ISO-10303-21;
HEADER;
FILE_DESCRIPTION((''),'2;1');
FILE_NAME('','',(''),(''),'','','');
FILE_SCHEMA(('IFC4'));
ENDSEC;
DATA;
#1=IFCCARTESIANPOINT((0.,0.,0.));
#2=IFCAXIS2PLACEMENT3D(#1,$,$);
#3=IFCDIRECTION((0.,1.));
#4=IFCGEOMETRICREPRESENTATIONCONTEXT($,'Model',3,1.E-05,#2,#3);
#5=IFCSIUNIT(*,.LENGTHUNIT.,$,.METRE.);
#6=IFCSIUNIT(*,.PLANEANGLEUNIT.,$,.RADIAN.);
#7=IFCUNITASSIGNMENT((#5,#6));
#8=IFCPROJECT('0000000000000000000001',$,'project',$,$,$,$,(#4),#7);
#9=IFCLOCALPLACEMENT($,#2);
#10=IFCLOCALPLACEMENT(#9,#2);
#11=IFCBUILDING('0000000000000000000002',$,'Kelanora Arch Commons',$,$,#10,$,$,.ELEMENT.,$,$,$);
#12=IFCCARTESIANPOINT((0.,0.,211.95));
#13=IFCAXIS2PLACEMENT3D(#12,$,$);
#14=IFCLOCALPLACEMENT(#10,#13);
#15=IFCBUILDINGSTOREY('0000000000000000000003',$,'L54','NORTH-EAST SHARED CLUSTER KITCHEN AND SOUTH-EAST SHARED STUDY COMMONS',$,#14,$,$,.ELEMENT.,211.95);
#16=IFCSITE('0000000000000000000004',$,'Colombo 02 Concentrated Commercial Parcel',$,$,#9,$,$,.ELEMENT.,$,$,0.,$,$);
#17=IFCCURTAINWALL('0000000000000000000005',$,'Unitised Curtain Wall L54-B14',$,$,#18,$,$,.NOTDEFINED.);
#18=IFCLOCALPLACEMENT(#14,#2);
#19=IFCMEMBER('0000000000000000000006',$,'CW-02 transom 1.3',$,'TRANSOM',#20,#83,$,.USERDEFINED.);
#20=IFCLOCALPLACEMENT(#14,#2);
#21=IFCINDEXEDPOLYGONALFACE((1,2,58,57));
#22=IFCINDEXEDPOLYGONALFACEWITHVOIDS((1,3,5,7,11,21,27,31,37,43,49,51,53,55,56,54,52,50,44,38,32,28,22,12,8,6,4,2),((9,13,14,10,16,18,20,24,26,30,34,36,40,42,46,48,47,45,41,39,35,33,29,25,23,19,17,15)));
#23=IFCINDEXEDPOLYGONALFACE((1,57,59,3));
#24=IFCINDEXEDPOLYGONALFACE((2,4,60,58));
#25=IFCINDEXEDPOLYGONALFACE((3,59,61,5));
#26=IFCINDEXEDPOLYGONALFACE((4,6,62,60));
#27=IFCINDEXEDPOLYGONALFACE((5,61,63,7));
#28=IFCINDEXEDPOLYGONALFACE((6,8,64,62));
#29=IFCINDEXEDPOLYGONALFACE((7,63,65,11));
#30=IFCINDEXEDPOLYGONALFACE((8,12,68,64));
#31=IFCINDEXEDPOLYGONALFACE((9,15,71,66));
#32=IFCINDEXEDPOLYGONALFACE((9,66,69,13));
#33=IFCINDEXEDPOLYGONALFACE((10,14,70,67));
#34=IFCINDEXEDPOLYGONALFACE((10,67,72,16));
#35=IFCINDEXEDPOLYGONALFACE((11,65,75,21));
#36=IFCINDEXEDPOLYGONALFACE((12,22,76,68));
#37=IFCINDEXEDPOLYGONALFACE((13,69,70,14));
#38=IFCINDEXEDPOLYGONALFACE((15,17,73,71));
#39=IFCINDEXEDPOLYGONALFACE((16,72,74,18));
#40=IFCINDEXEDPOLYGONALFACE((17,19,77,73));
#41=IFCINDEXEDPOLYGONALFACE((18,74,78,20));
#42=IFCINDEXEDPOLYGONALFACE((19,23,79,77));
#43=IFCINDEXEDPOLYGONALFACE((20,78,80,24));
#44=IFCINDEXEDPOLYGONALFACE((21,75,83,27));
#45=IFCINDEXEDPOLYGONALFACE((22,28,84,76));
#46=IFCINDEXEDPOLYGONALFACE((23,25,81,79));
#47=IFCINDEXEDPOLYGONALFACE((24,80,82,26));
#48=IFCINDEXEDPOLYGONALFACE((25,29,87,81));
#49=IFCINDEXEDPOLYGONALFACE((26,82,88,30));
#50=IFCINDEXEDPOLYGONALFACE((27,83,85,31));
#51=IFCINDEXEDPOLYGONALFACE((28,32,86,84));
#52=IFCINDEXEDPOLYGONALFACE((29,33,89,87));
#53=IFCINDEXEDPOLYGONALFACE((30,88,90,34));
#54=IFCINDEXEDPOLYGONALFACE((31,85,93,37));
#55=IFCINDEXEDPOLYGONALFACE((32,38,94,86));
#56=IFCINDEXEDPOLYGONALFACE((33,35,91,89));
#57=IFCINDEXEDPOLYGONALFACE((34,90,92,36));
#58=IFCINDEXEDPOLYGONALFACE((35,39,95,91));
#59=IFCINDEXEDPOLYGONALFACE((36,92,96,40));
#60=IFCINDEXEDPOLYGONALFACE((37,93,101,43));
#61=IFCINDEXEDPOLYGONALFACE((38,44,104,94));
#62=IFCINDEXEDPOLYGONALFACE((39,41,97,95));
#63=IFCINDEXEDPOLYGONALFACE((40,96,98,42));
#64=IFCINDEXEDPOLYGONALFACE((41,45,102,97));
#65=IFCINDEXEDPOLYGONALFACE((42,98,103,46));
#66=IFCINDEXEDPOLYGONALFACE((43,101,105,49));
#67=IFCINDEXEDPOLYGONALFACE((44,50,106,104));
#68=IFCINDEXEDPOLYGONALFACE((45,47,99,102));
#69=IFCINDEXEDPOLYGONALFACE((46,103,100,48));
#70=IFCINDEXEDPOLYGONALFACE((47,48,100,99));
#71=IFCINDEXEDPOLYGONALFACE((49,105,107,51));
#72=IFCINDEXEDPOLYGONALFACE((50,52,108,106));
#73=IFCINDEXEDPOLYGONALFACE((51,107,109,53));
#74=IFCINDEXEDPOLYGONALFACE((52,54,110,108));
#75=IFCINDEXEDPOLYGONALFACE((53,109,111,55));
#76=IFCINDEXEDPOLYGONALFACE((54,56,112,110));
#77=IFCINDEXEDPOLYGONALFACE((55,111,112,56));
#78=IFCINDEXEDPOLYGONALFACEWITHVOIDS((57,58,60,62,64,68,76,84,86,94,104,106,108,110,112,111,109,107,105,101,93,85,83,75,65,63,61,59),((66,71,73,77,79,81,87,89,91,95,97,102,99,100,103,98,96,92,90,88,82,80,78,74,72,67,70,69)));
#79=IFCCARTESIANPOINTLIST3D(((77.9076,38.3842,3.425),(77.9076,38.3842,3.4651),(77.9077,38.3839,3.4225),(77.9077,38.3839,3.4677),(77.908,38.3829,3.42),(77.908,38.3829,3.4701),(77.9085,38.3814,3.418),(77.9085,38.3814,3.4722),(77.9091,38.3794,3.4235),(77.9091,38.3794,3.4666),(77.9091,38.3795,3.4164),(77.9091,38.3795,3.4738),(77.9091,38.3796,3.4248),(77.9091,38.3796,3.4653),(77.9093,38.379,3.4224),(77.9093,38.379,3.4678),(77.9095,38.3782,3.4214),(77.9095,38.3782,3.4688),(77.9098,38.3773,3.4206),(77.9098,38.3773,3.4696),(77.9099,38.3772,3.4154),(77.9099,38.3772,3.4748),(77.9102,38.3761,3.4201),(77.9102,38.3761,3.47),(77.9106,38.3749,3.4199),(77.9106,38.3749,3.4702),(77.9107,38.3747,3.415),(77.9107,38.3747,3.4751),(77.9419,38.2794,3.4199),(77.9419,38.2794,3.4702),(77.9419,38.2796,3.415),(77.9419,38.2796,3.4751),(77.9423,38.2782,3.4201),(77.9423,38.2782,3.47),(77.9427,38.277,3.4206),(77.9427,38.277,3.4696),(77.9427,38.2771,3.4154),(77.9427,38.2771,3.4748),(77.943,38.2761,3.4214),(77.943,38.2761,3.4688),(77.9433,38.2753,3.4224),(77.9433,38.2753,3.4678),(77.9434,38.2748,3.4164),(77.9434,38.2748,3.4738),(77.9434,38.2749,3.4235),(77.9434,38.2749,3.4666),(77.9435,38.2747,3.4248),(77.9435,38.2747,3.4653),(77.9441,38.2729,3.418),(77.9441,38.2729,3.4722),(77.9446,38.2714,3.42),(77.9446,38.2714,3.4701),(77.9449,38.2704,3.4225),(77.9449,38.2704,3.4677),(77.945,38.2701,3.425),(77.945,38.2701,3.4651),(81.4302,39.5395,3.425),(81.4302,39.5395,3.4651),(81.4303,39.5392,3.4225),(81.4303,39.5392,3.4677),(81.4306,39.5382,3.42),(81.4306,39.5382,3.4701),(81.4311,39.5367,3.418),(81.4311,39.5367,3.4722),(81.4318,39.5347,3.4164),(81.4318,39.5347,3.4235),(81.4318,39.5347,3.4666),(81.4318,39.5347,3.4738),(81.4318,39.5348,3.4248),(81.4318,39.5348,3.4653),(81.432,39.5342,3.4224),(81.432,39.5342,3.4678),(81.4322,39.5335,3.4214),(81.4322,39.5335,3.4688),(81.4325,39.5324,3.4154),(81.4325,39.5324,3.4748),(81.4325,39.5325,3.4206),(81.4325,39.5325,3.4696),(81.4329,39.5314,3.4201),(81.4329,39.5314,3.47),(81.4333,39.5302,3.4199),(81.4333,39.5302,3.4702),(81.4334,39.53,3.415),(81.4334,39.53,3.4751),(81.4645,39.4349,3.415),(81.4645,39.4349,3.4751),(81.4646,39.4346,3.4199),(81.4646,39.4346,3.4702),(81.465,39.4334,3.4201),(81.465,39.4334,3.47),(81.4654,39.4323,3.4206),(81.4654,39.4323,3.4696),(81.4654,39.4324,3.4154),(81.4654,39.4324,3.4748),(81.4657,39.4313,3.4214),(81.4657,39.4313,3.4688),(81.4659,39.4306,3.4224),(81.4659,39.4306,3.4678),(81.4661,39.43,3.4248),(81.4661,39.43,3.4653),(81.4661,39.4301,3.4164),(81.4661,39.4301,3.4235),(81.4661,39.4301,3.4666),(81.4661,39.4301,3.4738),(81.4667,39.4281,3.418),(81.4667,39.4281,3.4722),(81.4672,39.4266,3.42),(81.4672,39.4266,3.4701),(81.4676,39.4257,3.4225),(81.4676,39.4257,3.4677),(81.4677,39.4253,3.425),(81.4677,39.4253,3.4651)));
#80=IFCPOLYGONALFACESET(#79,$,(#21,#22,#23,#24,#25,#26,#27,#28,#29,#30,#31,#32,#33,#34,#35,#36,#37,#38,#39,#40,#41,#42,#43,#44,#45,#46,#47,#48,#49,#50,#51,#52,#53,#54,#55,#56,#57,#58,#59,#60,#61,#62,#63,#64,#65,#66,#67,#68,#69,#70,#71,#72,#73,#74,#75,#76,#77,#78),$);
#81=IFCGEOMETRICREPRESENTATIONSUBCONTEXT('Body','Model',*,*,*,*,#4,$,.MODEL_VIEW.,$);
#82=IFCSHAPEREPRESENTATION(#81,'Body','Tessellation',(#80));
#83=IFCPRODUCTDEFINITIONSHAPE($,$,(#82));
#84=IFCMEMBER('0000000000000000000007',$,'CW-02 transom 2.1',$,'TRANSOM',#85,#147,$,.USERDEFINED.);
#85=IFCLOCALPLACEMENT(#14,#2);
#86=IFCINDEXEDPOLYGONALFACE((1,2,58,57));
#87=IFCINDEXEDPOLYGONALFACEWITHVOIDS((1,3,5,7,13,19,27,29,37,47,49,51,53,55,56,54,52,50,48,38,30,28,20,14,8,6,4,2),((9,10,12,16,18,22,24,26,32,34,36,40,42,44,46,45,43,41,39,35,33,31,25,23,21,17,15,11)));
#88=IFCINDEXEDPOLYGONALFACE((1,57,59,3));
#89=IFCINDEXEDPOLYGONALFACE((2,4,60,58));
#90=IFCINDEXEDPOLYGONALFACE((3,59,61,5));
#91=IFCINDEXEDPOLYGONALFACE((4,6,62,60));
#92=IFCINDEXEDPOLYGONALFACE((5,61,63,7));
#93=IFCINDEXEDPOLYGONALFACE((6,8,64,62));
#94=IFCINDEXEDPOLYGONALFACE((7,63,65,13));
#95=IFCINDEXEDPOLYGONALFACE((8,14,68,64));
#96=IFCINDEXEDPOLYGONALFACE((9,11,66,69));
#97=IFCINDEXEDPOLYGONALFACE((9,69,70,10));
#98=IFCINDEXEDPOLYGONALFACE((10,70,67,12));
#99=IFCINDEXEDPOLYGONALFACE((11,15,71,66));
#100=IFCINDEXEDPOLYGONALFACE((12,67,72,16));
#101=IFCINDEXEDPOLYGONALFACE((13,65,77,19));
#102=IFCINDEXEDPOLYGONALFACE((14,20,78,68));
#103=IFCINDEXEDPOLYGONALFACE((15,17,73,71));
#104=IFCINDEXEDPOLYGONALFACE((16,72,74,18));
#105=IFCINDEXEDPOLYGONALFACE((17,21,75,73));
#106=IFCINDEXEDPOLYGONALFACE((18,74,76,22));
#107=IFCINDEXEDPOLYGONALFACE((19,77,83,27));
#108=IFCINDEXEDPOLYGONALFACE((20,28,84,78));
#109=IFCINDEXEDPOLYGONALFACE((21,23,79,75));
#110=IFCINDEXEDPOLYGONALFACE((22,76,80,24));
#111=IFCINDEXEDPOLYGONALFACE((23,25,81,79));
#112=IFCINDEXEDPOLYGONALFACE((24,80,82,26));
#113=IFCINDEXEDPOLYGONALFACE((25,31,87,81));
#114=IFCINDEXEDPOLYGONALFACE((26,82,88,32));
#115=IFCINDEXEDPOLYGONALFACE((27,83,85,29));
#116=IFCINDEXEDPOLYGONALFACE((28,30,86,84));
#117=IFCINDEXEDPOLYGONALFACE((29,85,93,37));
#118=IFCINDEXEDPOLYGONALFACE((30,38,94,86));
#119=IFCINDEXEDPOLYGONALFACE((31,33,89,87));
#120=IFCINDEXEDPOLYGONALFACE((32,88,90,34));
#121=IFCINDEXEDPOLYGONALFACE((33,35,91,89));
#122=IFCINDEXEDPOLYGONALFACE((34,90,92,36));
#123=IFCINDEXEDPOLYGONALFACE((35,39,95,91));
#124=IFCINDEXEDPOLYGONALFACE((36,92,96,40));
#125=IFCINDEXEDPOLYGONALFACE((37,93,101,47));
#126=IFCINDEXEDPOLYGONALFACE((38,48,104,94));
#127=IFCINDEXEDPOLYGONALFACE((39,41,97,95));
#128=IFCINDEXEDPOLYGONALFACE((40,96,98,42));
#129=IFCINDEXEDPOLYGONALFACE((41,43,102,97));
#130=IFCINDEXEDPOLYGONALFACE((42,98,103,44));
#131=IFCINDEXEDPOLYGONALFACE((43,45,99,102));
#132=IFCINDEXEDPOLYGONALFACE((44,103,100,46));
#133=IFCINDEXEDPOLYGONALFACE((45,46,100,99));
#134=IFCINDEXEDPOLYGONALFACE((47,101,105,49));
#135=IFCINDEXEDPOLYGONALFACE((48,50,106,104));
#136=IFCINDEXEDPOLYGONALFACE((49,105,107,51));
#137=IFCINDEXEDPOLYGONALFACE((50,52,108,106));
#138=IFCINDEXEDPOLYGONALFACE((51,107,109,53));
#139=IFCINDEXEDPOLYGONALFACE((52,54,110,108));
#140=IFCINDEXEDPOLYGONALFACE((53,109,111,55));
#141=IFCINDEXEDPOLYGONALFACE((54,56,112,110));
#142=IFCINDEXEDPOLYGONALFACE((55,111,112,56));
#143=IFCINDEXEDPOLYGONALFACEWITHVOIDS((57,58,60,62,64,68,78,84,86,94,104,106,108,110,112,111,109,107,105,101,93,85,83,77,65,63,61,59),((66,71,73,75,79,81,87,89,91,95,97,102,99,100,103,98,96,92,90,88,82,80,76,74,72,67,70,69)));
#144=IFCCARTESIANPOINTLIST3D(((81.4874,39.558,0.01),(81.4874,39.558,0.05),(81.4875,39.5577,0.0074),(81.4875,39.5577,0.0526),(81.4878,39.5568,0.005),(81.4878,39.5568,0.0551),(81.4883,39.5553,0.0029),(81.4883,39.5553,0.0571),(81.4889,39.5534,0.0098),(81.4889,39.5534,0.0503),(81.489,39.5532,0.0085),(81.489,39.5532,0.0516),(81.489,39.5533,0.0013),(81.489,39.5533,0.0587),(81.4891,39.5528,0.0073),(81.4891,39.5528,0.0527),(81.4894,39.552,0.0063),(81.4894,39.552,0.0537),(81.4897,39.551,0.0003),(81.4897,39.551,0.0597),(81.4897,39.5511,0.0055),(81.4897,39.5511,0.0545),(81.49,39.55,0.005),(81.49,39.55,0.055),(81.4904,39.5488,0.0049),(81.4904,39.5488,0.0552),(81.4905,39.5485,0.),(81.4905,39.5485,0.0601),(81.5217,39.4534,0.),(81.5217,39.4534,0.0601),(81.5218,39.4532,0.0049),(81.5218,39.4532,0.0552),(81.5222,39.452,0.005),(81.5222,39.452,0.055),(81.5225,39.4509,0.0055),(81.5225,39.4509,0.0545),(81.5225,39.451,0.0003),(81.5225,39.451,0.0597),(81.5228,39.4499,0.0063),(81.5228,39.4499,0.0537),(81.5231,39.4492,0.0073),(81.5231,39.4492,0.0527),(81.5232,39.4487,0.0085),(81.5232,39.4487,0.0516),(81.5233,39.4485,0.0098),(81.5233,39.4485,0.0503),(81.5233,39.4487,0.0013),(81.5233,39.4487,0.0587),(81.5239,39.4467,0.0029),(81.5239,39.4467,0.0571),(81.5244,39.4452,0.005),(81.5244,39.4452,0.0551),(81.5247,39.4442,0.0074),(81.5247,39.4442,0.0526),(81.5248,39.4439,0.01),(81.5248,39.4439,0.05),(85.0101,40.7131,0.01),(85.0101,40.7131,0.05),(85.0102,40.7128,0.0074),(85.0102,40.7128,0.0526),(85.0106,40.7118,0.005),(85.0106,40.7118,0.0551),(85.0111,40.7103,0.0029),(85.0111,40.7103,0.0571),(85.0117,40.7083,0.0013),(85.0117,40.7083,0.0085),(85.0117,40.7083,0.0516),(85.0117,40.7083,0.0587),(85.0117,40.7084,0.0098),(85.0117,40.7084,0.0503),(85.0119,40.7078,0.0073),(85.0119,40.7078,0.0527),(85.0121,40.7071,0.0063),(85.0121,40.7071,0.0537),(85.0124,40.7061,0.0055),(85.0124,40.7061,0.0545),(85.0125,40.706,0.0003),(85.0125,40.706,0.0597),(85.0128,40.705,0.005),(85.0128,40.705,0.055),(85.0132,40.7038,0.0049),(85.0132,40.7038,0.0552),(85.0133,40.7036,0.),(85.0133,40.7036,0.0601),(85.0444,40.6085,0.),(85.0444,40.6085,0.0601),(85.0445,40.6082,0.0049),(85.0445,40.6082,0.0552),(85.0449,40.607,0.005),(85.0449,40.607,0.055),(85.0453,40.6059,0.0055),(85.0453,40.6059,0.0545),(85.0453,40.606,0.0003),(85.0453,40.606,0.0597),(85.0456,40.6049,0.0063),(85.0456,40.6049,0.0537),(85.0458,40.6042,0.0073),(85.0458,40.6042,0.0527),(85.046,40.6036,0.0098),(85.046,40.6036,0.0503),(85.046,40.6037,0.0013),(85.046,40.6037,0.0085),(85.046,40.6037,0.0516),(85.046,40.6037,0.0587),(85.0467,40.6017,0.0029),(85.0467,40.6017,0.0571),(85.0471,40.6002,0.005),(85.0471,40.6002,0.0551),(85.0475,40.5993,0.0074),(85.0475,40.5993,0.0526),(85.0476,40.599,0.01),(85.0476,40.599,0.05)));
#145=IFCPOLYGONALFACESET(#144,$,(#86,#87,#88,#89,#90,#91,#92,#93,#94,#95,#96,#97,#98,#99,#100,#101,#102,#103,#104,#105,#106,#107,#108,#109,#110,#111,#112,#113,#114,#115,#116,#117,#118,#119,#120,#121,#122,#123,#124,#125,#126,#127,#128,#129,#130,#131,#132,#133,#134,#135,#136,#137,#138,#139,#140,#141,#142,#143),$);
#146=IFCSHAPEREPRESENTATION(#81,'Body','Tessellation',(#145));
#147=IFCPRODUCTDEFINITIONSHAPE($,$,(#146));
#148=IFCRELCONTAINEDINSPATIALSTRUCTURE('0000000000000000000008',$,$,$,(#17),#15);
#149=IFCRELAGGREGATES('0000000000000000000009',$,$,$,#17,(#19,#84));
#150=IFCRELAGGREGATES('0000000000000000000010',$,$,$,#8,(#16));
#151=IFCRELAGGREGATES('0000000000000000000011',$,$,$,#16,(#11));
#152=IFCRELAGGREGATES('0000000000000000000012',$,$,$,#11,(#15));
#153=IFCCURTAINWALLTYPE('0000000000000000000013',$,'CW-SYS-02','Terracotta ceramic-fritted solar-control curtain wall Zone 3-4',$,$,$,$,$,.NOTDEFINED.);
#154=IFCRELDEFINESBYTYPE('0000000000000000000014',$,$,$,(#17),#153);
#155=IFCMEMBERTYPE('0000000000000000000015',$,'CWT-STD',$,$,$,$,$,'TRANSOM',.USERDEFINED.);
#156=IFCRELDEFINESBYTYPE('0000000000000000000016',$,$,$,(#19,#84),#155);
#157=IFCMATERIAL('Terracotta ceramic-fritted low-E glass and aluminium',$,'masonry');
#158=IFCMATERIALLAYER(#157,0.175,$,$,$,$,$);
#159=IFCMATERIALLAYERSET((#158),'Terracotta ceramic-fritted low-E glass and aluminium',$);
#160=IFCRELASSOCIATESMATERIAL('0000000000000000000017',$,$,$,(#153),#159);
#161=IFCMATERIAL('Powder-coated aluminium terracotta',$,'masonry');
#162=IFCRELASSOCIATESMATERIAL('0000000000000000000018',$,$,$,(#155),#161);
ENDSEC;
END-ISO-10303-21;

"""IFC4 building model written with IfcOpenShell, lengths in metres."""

from ifc_helpers import new_model, si_unit, direction, frame, origin, origin_2d, place, context, subcontext, project, spatial, hollow_rectangle, extrude, material, layer, layer_set, material_profile, profile_set, type_object, element, aggregate, save


model = new_model("IFC4")

# Units and contexts
model_context = context("Model", 3, precision=1e-05, world=origin(), true_north=direction((0.0, 1.0)))
body_context = subcontext(model_context, "Body", "Model", "MODEL_VIEW")
ifc_project = project(units=[si_unit("LENGTHUNIT", "METRE"), si_unit("PLANEANGLEUNIT", "RADIAN")], contexts=[model_context])

# Site, building, storey
site_placement = place(None, origin())
site = spatial("IfcSite", under=ifc_project, at=site_placement, Name="Colombo 02 Concentrated Commercial Parcel", CompositionType="ELEMENT", RefElevation=0.0)
building_placement = place(site_placement, origin())
building = spatial("IfcBuilding", under=site, at=building_placement, Name="Kelanora Arch Commons", CompositionType="ELEMENT")
storey_placement = place(building_placement, frame((0.0, 0.0, 211.95)))
storey = spatial("IfcBuildingStorey", under=building, at=storey_placement, Name="L54", Description="NORTH-EAST SHARED CLUSTER KITCHEN AND SOUTH-EAST SHARED STUDY COMMONS", CompositionType="ELEMENT", Elevation=211.95)

# Curtain wall, members
ifc_material_1 = material(Name="Terracotta ceramic-fritted low-E glass and aluminium", Category="masonry")
ifc_layer_1 = layer(ifc_material_1, 0.175)
ifc_layer_set_1 = layer_set([ifc_layer_1], Name="Terracotta ceramic-fritted low-E glass and aluminium")
curtain_wall_type = type_object("IfcCurtainWallType", Name="CW-SYS-02", Description="Terracotta ceramic-fritted solar-control curtain wall Zone 3-4", PredefinedType="NOTDEFINED", material=ifc_layer_set_1)
curtain_wall_placement = place(storey_placement, origin())
curtain_wall = element("IfcCurtainWall", 1, at=curtain_wall_placement, inside=storey, type_object=curtain_wall_type, Name="Unitised Curtain Wall L54-B14", PredefinedType="NOTDEFINED")
ifc_material_2 = material(Name="Powder-coated aluminium terracotta", Category="masonry")
ifc_material_profile_1 = material_profile(ifc_material_2, hollow_rectangle(XDim=0.1201, YDim=0.0601, WallThickness=0.0049, InnerFilletRadius=0.0049, OuterFilletRadius=0.01, at=origin_2d()), Name="CWT120x60")
ifc_profile_set_1 = profile_set([ifc_material_profile_1], Name="Powder-coated aluminium terracotta")
member_type_1 = type_object("IfcMemberType", Name="CWT-STD", ElementType="TRANSOM", PredefinedType="USERDEFINED", material=ifc_profile_set_1)
member_1_placement = place(storey_placement, frame((77.9263, 38.3271, 3.4451), z_axis=(0.950207, 0.311621, 0.0), x_axis=(-0.311621, 0.950207, 0.0)))
member_1 = element("IfcMember", 2, at=member_1_placement, type_object=member_type_1, Name="CW-02 transom 1.3", ObjectType="TRANSOM", PredefinedType="USERDEFINED", context=body_context, shape_type="SweptSolid", body=[
    extrude(hollow_rectangle(XDim=0.1201, YDim=0.0601, WallThickness=0.0049, InnerFilletRadius=0.0049, OuterFilletRadius=0.01, at=origin_2d()), origin(), (0.0, 0.0, 1.0), 3.7073),
])
member_2_placement = place(storey_placement, frame((81.5061, 39.501, 0.03), z_axis=(0.950226, 0.311561, 0.0), x_axis=(-0.311561, 0.950226, 0.0)))
member_2 = element("IfcMember", 3, at=member_2_placement, type_object=member_type_1, Name="CW-02 transom 2.1", ObjectType="TRANSOM", PredefinedType="USERDEFINED", context=body_context, shape_type="SweptSolid", body=[
    extrude(hollow_rectangle(XDim=0.1201, YDim=0.0601, WallThickness=0.0049, InnerFilletRadius=0.0049, OuterFilletRadius=0.01, at=origin_2d()), origin(), (0.0, 0.0, 1.0), 3.7073),
])
aggregate(curtain_wall, [member_1, member_2])

save(model, "model.ifc")
